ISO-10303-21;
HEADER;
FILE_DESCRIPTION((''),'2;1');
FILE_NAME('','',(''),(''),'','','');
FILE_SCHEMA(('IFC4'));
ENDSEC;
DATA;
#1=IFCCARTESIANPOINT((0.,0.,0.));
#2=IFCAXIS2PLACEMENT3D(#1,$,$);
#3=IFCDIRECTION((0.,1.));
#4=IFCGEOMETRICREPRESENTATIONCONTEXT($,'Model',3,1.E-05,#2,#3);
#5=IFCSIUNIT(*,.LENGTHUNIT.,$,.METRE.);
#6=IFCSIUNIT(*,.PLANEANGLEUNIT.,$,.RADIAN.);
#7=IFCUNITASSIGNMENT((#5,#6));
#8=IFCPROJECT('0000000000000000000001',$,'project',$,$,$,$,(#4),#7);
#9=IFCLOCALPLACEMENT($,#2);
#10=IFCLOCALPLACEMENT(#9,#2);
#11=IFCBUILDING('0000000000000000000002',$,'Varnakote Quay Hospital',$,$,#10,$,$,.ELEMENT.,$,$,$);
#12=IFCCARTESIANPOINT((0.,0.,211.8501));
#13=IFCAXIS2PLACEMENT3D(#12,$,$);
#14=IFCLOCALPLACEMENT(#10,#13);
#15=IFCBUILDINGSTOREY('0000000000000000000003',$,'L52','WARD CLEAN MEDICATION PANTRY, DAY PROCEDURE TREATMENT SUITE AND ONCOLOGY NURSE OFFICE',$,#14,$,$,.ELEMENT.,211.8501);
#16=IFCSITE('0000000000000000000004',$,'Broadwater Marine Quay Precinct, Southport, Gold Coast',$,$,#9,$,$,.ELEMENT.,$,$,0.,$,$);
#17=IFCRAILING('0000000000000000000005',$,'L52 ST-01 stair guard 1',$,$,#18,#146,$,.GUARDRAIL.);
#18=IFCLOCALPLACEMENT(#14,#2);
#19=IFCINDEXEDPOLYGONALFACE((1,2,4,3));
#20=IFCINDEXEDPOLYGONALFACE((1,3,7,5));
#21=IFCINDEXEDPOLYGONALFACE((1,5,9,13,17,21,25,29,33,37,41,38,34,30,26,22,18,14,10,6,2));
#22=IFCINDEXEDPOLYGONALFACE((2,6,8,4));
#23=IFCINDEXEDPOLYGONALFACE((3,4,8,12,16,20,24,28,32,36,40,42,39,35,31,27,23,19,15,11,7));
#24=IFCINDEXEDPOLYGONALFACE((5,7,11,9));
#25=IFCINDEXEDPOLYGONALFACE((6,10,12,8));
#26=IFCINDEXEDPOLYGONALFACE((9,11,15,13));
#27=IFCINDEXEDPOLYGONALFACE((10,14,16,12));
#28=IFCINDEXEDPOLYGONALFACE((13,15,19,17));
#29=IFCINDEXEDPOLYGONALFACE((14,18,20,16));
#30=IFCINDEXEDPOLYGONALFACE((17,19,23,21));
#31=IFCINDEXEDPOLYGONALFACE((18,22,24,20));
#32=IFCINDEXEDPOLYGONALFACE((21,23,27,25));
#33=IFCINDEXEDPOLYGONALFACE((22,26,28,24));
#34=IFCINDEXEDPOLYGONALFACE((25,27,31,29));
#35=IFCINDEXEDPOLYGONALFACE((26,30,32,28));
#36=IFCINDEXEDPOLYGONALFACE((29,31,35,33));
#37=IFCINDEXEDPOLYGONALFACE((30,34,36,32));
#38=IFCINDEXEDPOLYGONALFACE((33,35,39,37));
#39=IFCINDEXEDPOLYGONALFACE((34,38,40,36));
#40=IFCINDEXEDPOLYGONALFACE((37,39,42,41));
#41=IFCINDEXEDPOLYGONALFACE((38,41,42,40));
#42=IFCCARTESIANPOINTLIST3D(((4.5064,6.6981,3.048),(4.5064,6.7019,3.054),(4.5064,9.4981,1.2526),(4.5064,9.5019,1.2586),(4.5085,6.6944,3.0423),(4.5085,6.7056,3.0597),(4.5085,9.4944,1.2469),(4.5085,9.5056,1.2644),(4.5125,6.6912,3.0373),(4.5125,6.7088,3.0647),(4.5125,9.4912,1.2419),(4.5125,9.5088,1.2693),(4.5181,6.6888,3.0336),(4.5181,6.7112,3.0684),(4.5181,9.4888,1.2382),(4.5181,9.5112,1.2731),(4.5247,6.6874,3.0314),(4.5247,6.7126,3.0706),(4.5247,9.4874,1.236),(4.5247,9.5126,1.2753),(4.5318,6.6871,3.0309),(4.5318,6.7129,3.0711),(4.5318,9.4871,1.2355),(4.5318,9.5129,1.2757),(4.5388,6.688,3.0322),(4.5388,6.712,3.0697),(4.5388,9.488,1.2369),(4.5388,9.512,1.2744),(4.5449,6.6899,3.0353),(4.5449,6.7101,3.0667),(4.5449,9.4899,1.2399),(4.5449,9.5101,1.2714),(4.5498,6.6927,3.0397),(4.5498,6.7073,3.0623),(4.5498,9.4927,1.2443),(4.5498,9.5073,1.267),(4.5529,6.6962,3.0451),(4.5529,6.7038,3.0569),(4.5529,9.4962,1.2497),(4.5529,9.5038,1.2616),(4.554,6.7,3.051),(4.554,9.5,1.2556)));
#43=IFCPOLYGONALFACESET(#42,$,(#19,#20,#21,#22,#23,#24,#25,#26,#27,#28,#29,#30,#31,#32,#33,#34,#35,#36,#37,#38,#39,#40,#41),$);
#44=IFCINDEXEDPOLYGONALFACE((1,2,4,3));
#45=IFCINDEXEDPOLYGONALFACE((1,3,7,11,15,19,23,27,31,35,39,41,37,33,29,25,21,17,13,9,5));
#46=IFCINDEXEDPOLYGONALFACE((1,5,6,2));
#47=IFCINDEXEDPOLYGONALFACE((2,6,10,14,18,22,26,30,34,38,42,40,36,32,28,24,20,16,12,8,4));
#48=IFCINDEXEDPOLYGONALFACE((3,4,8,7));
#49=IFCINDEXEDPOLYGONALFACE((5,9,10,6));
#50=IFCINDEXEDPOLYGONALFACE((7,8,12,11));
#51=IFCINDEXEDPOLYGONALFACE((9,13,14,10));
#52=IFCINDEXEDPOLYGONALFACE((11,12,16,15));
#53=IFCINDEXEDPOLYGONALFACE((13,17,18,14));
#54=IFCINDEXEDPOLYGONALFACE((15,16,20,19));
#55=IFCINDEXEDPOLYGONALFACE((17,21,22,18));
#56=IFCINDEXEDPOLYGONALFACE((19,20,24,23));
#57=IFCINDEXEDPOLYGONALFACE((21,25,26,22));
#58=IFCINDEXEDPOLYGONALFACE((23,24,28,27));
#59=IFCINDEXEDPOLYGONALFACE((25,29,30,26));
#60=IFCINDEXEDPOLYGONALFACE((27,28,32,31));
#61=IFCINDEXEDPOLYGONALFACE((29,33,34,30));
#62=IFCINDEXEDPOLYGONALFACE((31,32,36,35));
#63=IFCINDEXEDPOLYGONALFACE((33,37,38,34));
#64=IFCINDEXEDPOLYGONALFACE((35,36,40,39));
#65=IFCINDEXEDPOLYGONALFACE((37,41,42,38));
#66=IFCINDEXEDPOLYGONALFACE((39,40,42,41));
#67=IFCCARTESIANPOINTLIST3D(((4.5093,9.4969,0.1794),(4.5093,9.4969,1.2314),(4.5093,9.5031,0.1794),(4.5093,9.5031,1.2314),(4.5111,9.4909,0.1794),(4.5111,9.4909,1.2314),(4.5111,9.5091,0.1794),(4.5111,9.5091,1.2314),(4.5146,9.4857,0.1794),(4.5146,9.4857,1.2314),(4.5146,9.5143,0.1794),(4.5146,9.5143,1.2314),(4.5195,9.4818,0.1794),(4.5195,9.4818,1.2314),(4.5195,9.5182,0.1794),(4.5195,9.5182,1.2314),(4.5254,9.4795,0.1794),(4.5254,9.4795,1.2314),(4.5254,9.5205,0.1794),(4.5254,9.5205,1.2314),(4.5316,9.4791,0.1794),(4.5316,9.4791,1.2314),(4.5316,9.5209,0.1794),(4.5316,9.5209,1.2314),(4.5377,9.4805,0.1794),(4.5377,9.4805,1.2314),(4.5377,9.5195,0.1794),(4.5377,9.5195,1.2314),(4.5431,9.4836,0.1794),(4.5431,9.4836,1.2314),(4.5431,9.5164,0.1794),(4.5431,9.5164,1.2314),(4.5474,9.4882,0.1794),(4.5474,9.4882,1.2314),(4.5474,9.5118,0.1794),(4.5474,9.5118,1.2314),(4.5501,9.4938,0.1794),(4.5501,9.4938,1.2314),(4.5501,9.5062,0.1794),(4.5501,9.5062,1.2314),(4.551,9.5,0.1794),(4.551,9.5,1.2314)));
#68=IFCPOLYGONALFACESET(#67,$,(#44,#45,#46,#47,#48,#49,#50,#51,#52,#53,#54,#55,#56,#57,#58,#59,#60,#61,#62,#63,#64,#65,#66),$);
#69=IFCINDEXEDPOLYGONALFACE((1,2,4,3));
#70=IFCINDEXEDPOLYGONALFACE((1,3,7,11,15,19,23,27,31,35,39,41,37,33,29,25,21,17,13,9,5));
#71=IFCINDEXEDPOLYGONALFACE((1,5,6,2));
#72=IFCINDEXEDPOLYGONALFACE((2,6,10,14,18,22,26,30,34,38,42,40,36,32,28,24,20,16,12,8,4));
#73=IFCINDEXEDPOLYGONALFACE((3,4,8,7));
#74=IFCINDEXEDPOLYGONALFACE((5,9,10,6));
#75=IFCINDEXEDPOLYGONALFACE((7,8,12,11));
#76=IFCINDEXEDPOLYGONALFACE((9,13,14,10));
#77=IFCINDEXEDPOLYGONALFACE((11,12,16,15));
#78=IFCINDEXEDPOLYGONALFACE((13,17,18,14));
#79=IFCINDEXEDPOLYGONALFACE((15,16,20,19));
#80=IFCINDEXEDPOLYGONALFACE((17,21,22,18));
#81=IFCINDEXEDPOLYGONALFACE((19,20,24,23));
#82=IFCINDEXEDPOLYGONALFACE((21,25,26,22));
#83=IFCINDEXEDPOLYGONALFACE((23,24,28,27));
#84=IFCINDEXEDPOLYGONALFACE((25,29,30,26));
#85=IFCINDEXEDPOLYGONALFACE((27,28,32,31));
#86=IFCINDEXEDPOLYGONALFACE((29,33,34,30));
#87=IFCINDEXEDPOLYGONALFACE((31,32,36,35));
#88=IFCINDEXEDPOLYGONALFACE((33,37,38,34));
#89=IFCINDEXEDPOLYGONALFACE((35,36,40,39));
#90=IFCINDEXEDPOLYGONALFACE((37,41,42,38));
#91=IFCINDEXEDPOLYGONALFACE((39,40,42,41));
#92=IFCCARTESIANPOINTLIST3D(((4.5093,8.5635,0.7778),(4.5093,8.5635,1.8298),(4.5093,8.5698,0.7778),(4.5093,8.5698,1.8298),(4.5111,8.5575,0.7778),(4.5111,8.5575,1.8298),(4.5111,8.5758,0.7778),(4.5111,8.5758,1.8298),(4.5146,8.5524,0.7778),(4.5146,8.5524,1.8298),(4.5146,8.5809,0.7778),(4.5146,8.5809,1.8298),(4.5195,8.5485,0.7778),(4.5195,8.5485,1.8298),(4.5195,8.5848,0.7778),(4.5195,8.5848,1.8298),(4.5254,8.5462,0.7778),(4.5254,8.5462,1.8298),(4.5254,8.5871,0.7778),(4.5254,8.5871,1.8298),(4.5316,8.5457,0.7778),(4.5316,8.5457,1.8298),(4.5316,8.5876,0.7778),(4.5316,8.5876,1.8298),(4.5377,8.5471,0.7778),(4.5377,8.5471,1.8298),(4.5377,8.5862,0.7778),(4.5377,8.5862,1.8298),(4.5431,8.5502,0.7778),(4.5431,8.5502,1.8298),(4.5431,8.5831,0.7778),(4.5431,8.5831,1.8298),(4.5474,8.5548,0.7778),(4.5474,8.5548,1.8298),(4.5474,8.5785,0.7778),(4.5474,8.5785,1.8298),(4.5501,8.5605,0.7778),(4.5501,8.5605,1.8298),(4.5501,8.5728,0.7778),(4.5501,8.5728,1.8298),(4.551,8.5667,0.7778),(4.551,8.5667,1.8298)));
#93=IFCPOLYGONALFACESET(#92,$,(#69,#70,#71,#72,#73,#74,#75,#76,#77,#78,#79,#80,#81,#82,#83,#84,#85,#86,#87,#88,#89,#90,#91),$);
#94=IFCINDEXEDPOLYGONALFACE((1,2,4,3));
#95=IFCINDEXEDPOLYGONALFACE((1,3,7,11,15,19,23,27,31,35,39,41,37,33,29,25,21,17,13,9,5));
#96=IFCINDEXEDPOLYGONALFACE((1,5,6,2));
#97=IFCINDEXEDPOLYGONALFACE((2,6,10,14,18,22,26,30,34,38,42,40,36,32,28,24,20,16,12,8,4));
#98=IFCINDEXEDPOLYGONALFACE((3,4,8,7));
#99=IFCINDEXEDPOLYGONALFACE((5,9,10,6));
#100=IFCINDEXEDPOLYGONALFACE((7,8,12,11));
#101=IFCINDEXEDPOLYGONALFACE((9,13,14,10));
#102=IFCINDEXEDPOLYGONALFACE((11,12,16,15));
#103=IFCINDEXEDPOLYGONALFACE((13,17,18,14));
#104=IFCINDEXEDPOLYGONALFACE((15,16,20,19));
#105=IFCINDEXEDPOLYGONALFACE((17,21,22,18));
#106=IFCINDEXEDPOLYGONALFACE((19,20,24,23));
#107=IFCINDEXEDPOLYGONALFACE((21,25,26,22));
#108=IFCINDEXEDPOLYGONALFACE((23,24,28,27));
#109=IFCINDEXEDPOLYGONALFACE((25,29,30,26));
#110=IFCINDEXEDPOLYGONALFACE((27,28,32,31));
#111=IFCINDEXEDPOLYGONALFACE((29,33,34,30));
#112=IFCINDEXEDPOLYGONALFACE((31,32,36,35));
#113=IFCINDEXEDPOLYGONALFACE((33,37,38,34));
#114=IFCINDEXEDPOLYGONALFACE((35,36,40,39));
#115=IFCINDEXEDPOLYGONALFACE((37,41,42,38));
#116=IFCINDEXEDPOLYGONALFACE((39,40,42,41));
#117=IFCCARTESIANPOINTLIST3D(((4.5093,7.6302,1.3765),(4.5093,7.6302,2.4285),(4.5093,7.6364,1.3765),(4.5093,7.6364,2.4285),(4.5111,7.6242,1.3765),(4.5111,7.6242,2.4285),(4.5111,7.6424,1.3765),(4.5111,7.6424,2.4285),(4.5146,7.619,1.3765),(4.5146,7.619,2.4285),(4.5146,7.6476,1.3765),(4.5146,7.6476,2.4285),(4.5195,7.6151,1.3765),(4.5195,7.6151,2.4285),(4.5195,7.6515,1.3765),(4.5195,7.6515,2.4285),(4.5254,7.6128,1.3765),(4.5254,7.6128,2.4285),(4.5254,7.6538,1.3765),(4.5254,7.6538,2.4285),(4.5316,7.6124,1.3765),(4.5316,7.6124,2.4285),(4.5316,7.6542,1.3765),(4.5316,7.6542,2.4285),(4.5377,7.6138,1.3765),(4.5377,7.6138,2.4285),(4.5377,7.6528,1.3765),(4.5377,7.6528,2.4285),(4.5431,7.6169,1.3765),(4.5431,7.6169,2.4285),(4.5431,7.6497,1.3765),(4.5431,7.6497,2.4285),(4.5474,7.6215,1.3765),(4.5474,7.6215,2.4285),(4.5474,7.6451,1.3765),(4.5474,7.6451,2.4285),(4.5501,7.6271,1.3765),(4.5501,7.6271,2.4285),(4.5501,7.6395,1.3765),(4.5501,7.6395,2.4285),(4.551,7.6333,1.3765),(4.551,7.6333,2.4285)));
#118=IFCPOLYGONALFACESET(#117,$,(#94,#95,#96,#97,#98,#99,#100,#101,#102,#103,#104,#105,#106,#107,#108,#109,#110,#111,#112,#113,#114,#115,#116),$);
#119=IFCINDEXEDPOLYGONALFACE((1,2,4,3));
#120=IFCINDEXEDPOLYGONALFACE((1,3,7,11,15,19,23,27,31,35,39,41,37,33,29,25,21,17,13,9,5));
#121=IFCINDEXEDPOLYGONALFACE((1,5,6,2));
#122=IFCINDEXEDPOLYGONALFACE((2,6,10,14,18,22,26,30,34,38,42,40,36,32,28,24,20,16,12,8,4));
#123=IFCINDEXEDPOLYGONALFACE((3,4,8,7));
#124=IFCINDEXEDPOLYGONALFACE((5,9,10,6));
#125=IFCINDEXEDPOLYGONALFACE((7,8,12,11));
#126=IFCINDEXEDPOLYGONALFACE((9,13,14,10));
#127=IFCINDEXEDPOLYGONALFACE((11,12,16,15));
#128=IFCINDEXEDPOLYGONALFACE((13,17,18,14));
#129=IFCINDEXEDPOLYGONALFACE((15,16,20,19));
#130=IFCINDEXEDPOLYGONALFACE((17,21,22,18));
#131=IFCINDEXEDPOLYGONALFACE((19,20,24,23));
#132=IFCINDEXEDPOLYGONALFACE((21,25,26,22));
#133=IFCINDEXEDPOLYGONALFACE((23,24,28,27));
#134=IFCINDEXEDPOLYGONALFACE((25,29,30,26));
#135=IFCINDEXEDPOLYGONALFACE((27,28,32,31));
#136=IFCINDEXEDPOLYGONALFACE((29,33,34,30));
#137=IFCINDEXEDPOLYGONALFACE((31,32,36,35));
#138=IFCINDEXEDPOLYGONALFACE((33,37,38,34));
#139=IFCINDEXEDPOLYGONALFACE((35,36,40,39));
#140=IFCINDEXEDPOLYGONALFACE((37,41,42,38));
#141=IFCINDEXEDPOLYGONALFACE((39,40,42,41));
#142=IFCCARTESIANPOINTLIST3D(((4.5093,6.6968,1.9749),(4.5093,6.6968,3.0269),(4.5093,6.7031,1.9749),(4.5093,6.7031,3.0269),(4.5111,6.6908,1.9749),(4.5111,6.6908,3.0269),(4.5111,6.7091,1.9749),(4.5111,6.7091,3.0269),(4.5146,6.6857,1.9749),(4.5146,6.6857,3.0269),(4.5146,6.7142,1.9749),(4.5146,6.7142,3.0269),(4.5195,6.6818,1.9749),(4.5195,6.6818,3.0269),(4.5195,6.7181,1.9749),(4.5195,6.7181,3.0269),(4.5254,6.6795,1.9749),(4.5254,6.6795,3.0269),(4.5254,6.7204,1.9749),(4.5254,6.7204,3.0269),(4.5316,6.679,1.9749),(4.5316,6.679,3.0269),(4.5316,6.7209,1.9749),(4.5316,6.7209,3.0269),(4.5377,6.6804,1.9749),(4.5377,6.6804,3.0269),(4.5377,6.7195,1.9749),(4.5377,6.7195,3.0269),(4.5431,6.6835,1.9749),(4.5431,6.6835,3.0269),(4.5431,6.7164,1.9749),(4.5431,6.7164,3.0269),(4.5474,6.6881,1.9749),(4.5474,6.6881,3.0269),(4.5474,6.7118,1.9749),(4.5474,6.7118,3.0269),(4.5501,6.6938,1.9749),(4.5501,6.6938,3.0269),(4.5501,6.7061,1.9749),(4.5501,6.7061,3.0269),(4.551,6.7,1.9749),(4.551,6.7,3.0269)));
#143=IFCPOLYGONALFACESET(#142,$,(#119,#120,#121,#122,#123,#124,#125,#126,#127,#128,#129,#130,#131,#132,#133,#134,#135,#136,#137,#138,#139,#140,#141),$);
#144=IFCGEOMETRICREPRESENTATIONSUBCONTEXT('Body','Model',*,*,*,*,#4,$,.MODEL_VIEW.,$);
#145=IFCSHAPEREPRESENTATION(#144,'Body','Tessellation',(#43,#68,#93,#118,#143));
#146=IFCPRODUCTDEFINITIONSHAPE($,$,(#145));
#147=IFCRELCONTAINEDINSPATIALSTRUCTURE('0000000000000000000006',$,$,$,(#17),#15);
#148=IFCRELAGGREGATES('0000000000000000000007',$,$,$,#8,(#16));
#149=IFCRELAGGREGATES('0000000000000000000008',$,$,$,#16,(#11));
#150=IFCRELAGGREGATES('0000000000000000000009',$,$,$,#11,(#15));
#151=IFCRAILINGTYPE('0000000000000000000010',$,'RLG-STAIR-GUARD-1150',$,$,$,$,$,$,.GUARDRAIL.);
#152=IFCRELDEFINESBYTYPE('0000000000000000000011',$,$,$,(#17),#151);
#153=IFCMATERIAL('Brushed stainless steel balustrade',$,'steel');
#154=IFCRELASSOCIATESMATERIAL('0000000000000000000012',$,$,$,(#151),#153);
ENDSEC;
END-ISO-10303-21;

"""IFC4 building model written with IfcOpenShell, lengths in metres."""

from ifc_helpers import new_model, si_unit, direction, frame, origin, origin_2d, place, context, subcontext, project, spatial, circle, extrude, material, type_object, element, save


model = new_model("IFC4")

# Units and contexts
model_context = context("Model", 3, precision=1e-05, world=origin(), true_north=direction((0.0, 1.0)))
body_context = subcontext(model_context, "Body", "Model", "MODEL_VIEW")
ifc_project = project(units=[si_unit("LENGTHUNIT", "METRE"), si_unit("PLANEANGLEUNIT", "RADIAN")], contexts=[model_context])

# Site, building, storey
site_placement = place(None, origin())
site = spatial("IfcSite", under=ifc_project, at=site_placement, Name="Broadwater Marine Quay Precinct, Southport, Gold Coast", CompositionType="ELEMENT", RefElevation=0.0)
building_placement = place(site_placement, origin())
building = spatial("IfcBuilding", under=site, at=building_placement, Name="Varnakote Quay Hospital", CompositionType="ELEMENT")
storey_placement = place(building_placement, frame((0.0, 0.0, 211.8501)))
storey = spatial("IfcBuildingStorey", under=building, at=storey_placement, Name="L52", Description="WARD CLEAN MEDICATION PANTRY, DAY PROCEDURE TREATMENT SUITE AND ONCOLOGY NURSE OFFICE", CompositionType="ELEMENT", Elevation=211.8501)

# Railing
ifc_material_1 = material(Name="Brushed stainless steel balustrade", Category="steel")
railing_type_1 = type_object("IfcRailingType", Name="RLG-STAIR-GUARD-1150", PredefinedType="GUARDRAIL", material=ifc_material_1)
railing_1_placement = place(storey_placement, frame((4.53, 9.5, 0.1794)))
element("IfcRailing", 1, at=railing_1_placement, inside=storey, type_object=railing_type_1, Name="L52 ST-01 stair guard 1", PredefinedType="GUARDRAIL", context=body_context, shape_type="SweptSolid", body=[
    extrude(circle(Radius=0.0239, at=origin_2d()), frame((0.0, 0.0, 1.0762), z_axis=(0.0, -0.84181, 0.539774), x_axis=(1.0, 0.0, 0.0)), (0.0, 0.0, 1.0), 3.3262),
    extrude(circle(Radius=0.021, at=origin_2d()), origin(), (0.0, 0.0, 1.0), 1.052),
    extrude(circle(Radius=0.021, at=origin_2d()), frame((0.0, -0.9333, 0.5984)), (0.0, 0.0, 1.0), 1.052),
    extrude(circle(Radius=0.021, at=origin_2d()), frame((0.0, -1.8667, 1.197)), (0.0, 0.0, 1.0), 1.052),
    extrude(circle(Radius=0.021, at=origin_2d()), frame((0.0, -2.8, 1.7954)), (0.0, 0.0, 1.0), 1.052),
])

save(model, "model.ifc")
